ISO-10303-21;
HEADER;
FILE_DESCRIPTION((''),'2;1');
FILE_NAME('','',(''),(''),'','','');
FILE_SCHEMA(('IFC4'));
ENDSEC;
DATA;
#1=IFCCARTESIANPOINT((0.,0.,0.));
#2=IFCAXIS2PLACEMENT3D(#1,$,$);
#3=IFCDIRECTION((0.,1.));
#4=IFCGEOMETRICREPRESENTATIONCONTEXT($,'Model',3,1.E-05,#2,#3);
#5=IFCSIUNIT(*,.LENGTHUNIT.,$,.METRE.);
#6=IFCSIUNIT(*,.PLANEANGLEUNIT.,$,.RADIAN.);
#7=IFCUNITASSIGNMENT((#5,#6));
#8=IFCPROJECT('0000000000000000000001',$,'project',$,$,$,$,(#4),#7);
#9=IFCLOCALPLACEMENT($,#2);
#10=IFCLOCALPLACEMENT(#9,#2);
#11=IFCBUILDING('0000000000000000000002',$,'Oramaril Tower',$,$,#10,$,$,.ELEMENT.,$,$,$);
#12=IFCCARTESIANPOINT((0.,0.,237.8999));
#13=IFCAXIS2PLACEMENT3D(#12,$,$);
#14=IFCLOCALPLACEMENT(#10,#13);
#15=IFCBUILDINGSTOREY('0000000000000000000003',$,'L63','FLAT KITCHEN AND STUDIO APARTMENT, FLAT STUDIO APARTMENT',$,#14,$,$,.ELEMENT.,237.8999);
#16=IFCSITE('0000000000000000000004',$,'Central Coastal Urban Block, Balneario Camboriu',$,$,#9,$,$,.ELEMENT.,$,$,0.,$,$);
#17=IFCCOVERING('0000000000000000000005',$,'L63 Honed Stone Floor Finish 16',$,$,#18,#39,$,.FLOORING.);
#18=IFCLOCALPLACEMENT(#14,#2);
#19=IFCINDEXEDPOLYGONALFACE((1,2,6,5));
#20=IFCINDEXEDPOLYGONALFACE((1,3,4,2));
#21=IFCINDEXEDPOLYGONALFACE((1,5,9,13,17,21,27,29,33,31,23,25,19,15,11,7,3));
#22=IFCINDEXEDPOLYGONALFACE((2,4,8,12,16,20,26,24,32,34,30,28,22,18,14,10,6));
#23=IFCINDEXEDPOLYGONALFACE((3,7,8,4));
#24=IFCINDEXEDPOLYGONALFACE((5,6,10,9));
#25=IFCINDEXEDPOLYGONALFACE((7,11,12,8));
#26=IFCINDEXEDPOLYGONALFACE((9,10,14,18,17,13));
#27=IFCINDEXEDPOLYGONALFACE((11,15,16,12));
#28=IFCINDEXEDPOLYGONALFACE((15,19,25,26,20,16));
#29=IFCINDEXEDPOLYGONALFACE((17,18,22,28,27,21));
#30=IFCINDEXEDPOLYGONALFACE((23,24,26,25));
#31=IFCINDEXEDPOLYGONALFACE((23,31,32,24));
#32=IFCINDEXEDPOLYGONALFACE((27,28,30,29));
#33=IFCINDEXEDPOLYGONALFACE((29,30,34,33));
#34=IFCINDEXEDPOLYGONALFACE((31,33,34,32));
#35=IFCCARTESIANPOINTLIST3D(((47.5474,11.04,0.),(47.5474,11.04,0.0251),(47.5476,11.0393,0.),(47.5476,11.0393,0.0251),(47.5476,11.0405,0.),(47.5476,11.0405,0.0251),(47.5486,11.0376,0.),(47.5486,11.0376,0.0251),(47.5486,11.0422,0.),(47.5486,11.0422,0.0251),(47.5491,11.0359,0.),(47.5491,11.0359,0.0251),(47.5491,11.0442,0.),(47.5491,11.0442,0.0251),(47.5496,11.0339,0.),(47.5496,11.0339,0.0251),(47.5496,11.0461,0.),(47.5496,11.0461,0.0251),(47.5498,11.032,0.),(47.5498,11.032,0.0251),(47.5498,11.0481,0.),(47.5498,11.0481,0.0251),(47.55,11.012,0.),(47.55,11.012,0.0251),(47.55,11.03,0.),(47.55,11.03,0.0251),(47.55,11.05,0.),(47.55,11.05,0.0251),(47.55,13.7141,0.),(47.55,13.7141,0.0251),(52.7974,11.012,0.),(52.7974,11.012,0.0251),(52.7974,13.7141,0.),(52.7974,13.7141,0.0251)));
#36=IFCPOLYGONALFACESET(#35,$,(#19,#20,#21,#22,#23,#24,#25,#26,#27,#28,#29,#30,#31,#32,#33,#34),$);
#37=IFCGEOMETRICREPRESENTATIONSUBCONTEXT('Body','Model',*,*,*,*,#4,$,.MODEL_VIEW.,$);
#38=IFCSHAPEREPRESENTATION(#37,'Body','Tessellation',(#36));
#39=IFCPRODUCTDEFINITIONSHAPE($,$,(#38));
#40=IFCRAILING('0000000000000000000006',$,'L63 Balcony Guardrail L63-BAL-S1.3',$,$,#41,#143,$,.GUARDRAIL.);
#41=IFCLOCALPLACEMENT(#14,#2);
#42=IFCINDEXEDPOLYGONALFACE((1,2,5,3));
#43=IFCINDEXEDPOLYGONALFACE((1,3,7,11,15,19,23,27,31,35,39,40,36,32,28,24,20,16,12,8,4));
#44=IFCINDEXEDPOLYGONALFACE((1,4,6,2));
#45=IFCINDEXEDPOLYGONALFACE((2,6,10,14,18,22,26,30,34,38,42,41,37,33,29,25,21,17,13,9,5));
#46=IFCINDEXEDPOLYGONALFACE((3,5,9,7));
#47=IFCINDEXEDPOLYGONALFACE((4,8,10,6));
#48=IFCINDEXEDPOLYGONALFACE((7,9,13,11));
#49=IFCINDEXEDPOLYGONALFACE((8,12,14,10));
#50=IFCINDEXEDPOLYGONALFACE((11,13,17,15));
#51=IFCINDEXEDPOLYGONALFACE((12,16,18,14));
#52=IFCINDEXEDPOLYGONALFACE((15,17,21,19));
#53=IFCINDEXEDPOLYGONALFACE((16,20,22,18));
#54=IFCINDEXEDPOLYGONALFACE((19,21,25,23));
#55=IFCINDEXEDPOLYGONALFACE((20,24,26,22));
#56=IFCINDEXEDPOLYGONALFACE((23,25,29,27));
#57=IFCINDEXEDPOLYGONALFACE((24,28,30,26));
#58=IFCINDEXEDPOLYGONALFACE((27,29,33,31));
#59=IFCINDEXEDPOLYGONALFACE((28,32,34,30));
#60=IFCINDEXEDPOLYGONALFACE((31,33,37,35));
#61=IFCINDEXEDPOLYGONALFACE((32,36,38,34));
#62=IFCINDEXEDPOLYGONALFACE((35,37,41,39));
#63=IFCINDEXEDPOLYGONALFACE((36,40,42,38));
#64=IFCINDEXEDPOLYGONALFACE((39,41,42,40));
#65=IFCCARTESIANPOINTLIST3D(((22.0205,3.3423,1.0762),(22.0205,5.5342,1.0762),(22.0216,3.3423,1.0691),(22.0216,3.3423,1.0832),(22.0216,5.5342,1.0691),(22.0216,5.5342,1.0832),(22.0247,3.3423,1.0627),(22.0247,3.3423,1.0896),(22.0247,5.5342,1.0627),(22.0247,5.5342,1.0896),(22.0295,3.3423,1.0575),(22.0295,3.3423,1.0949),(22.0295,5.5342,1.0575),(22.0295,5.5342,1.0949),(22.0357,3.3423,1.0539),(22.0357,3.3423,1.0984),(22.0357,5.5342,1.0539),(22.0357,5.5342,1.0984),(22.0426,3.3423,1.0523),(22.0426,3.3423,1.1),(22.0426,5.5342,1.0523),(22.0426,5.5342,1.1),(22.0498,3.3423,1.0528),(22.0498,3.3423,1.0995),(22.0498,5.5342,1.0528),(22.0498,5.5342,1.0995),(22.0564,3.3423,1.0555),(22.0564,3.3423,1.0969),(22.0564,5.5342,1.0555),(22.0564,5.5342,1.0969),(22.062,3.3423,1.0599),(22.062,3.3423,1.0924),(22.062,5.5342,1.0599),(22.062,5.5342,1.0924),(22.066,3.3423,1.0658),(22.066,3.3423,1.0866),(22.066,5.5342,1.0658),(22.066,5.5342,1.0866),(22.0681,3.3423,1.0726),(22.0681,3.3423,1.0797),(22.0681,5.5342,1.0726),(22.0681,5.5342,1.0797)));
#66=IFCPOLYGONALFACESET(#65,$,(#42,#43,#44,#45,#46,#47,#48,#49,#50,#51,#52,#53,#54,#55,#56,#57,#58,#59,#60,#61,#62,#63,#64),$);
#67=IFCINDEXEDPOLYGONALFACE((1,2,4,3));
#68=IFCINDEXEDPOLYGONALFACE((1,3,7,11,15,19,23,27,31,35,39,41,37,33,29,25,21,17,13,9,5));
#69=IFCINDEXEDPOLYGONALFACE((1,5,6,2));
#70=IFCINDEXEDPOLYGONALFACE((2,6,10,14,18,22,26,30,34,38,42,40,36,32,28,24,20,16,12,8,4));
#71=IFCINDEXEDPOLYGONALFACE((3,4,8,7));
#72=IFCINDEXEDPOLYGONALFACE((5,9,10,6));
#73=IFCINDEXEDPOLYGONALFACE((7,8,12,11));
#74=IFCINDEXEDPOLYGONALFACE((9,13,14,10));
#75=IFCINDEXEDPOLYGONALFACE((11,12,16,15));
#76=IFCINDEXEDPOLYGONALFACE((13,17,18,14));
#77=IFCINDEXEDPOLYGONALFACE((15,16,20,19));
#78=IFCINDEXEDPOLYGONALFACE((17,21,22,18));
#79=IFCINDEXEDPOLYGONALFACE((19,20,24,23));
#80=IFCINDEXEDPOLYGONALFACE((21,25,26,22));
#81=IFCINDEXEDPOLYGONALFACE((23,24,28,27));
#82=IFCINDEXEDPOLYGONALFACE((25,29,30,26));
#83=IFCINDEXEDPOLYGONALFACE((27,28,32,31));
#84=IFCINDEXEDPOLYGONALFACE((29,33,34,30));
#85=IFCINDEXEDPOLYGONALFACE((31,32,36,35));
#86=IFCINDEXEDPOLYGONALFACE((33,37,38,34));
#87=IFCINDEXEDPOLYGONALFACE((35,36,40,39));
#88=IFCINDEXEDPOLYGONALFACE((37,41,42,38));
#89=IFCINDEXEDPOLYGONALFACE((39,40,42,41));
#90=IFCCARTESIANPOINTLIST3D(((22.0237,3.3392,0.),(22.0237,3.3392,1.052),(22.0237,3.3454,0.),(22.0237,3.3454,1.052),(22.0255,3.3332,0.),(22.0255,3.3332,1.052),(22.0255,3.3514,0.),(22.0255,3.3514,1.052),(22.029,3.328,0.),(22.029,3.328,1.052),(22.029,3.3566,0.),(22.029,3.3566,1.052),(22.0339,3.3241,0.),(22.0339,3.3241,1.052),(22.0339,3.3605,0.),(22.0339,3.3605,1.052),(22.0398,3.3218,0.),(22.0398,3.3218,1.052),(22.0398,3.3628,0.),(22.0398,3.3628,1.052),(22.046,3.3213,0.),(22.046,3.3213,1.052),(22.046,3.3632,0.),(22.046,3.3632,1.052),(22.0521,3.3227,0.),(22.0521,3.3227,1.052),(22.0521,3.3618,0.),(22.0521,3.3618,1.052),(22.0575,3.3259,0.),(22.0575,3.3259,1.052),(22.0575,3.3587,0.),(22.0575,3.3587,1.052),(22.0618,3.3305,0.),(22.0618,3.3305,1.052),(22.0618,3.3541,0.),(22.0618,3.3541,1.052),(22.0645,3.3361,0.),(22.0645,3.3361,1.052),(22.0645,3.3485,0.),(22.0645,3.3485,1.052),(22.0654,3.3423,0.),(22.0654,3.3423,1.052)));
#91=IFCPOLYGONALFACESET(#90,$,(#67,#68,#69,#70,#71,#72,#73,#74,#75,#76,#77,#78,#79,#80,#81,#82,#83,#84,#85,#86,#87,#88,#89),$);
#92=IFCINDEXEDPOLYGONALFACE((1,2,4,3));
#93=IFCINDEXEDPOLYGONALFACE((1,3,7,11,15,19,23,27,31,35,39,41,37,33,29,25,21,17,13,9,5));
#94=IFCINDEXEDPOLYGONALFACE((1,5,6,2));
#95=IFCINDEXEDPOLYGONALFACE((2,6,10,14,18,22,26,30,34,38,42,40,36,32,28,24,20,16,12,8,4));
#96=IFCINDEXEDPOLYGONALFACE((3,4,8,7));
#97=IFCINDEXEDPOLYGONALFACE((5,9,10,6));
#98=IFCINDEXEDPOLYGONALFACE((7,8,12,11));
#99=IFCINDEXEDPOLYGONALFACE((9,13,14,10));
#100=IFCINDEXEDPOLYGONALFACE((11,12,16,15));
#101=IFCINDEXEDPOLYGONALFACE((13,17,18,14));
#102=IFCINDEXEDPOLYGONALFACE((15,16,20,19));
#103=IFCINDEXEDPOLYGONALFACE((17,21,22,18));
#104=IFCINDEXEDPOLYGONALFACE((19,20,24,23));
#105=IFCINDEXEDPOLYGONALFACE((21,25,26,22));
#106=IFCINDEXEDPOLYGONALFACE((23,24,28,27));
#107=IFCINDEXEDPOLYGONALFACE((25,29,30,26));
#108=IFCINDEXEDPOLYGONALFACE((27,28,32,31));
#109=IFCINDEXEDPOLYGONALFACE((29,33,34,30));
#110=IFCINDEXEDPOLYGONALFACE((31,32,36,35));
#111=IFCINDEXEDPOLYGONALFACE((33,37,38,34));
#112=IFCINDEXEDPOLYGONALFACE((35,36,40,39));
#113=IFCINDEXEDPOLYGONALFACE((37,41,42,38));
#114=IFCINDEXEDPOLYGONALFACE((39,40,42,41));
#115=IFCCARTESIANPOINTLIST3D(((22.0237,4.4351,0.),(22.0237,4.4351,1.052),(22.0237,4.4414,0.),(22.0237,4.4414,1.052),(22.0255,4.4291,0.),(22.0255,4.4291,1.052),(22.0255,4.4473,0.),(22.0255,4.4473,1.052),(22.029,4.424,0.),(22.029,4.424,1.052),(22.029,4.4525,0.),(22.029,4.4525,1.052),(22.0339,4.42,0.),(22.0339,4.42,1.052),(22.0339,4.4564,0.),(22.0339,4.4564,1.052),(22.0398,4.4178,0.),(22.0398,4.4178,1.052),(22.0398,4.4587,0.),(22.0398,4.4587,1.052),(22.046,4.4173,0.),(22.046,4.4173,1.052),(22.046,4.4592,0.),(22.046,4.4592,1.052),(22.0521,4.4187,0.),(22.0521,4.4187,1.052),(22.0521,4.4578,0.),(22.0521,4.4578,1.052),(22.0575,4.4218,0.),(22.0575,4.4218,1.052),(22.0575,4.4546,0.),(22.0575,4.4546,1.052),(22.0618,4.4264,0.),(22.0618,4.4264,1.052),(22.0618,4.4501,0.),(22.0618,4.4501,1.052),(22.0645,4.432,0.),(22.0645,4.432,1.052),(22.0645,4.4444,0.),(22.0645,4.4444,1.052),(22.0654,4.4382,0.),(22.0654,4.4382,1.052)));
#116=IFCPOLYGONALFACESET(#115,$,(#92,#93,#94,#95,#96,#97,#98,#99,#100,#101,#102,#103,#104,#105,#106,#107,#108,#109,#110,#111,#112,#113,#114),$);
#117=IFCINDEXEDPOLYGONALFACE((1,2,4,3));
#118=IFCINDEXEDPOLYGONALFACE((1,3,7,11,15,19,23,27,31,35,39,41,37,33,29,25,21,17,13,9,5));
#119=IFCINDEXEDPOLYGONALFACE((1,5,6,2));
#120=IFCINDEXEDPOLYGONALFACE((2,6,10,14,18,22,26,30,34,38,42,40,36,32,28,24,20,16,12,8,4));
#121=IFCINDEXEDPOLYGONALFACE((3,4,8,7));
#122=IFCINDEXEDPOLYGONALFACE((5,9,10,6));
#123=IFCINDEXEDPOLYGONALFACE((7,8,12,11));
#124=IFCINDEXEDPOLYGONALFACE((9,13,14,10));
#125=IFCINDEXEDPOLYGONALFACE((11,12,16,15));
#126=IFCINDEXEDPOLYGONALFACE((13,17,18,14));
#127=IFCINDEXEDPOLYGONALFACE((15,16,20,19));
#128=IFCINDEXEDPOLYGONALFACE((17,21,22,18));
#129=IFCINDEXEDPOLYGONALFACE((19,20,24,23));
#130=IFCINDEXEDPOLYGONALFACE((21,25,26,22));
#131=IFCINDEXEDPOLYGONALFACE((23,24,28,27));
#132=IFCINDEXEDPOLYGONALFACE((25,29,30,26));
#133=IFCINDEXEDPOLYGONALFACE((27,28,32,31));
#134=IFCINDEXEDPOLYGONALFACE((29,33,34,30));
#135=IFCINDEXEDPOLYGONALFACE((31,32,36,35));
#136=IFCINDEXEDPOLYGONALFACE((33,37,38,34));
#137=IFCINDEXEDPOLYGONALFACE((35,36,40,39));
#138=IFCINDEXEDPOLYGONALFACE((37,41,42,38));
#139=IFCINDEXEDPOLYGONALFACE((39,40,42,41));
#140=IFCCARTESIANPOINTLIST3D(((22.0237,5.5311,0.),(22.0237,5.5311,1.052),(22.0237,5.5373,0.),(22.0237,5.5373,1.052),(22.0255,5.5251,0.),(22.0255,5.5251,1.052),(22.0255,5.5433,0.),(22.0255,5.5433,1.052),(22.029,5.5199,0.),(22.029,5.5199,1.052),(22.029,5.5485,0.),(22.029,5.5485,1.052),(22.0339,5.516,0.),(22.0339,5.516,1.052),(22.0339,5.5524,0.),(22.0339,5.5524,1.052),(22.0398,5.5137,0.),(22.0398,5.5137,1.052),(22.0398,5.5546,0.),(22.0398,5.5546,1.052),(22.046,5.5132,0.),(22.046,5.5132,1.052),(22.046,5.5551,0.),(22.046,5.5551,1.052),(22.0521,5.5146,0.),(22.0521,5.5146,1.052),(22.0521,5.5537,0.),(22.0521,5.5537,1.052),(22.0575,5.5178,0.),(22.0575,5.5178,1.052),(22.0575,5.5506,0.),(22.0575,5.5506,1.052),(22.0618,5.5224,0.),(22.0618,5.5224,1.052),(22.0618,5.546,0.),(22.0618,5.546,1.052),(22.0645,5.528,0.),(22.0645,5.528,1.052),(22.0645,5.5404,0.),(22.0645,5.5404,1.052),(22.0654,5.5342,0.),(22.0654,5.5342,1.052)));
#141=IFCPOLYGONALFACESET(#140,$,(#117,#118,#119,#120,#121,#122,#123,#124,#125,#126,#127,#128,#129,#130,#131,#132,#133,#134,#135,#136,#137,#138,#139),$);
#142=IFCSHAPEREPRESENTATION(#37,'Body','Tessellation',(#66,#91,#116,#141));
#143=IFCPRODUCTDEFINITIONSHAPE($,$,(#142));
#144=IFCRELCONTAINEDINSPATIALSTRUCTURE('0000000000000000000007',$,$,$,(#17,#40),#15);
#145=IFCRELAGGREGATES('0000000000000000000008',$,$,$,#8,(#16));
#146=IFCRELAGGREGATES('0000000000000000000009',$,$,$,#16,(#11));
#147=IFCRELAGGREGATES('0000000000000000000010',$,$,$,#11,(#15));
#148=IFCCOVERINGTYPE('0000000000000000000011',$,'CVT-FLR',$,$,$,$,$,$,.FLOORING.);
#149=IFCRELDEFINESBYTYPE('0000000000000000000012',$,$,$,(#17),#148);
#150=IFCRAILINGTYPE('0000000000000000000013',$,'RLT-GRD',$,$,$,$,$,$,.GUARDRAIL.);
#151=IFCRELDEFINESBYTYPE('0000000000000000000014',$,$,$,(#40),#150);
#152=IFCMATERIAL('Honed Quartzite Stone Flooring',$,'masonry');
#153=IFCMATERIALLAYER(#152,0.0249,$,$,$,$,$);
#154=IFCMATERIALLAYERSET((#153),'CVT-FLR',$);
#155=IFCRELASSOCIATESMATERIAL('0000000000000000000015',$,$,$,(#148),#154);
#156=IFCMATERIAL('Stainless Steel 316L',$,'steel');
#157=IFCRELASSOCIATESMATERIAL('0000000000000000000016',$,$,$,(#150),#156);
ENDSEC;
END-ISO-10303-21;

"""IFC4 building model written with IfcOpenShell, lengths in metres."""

from ifc_helpers import new_model, si_unit, direction, frame, origin, origin_2d, place, context, subcontext, project, spatial, polyline, circle, outline, extrude, material, layer, layer_set, type_object, element, save


model = new_model("IFC4")

# Units and contexts
model_context = context("Model", 3, precision=1e-05, world=origin(), true_north=direction((0.0, 1.0)))
body_context = subcontext(model_context, "Body", "Model", "MODEL_VIEW")
ifc_project = project(units=[si_unit("LENGTHUNIT", "METRE"), si_unit("PLANEANGLEUNIT", "RADIAN")], contexts=[model_context])

# Site, building, storey
site_placement = place(None, origin())
site = spatial("IfcSite", under=ifc_project, at=site_placement, Name="Central Coastal Urban Block, Balneario Camboriu", CompositionType="ELEMENT", RefElevation=0.0)
building_placement = place(site_placement, origin())
building = spatial("IfcBuilding", under=site, at=building_placement, Name="Oramaril Tower", CompositionType="ELEMENT")
storey_placement = place(building_placement, frame((0.0, 0.0, 237.8999)))
storey = spatial("IfcBuildingStorey", under=building, at=storey_placement, Name="L63", Description="FLAT KITCHEN AND STUDIO APARTMENT, FLAT STUDIO APARTMENT", CompositionType="ELEMENT", Elevation=237.8999)

# Covering
ifc_material_1 = material(Name="Honed Quartzite Stone Flooring", Category="masonry")
ifc_layer_1 = layer(ifc_material_1, 0.0249)
ifc_layer_set_1 = layer_set([ifc_layer_1], Name="CVT-FLR")
covering_type_1 = type_object("IfcCoveringType", Name="CVT-FLR", PredefinedType="FLOORING", material=ifc_layer_set_1)
covering_1_placement = place(storey_placement, origin())
element("IfcCovering", 1, at=covering_1_placement, inside=storey, type_object=covering_type_1, Name="L63 Honed Stone Floor Finish 16", PredefinedType="FLOORING", context=body_context, shape_type="SweptSolid", body=[
    extrude(outline(polyline([(52.7974, 11.012), (47.55, 11.012), (47.55, 11.03), (47.5498, 11.032), (47.5496, 11.0339), (47.5491, 11.0359), (47.5486, 11.0376), (47.5476, 11.0393), (47.5474, 11.04), (47.5476, 11.0405), (47.5486, 11.0422), (47.5491, 11.0442), (47.5496, 11.0461), (47.5498, 11.0481), (47.55, 11.05), (47.55, 13.7141), (52.7974, 13.7141), (52.7974, 11.012)])), origin(), (0.0, 0.0, 1.0), 0.0251),
])

# Railing
ifc_material_2 = material(Name="Stainless Steel 316L", Category="steel")
railing_type = type_object("IfcRailingType", Name="RLT-GRD", PredefinedType="GUARDRAIL", material=ifc_material_2)
railing_placement = place(storey_placement, frame((22.0444, 3.3423, 0.0)))
element("IfcRailing", 2, at=railing_placement, inside=storey, type_object=railing_type, Name="L63 Balcony Guardrail L63-BAL-S1.3", PredefinedType="GUARDRAIL", context=body_context, shape_type="SweptSolid", body=[
    extrude(circle(Radius=0.0239, at=origin_2d()), frame((0.0, 0.0, 1.0762), z_axis=(0.0, 1.0, 0.0), x_axis=(-1.0, 0.0, 0.0)), (0.0, 0.0, 1.0), 2.1919),
    extrude(circle(Radius=0.021, at=origin_2d()), origin(), (0.0, 0.0, 1.0), 1.052),
    extrude(circle(Radius=0.021, at=origin_2d()), frame((0.0, 1.0959, 0.0)), (0.0, 0.0, 1.0), 1.052),
    extrude(circle(Radius=0.021, at=origin_2d()), frame((0.0, 2.1919, 0.0)), (0.0, 0.0, 1.0), 1.052),
])

save(model, "model.ifc")
